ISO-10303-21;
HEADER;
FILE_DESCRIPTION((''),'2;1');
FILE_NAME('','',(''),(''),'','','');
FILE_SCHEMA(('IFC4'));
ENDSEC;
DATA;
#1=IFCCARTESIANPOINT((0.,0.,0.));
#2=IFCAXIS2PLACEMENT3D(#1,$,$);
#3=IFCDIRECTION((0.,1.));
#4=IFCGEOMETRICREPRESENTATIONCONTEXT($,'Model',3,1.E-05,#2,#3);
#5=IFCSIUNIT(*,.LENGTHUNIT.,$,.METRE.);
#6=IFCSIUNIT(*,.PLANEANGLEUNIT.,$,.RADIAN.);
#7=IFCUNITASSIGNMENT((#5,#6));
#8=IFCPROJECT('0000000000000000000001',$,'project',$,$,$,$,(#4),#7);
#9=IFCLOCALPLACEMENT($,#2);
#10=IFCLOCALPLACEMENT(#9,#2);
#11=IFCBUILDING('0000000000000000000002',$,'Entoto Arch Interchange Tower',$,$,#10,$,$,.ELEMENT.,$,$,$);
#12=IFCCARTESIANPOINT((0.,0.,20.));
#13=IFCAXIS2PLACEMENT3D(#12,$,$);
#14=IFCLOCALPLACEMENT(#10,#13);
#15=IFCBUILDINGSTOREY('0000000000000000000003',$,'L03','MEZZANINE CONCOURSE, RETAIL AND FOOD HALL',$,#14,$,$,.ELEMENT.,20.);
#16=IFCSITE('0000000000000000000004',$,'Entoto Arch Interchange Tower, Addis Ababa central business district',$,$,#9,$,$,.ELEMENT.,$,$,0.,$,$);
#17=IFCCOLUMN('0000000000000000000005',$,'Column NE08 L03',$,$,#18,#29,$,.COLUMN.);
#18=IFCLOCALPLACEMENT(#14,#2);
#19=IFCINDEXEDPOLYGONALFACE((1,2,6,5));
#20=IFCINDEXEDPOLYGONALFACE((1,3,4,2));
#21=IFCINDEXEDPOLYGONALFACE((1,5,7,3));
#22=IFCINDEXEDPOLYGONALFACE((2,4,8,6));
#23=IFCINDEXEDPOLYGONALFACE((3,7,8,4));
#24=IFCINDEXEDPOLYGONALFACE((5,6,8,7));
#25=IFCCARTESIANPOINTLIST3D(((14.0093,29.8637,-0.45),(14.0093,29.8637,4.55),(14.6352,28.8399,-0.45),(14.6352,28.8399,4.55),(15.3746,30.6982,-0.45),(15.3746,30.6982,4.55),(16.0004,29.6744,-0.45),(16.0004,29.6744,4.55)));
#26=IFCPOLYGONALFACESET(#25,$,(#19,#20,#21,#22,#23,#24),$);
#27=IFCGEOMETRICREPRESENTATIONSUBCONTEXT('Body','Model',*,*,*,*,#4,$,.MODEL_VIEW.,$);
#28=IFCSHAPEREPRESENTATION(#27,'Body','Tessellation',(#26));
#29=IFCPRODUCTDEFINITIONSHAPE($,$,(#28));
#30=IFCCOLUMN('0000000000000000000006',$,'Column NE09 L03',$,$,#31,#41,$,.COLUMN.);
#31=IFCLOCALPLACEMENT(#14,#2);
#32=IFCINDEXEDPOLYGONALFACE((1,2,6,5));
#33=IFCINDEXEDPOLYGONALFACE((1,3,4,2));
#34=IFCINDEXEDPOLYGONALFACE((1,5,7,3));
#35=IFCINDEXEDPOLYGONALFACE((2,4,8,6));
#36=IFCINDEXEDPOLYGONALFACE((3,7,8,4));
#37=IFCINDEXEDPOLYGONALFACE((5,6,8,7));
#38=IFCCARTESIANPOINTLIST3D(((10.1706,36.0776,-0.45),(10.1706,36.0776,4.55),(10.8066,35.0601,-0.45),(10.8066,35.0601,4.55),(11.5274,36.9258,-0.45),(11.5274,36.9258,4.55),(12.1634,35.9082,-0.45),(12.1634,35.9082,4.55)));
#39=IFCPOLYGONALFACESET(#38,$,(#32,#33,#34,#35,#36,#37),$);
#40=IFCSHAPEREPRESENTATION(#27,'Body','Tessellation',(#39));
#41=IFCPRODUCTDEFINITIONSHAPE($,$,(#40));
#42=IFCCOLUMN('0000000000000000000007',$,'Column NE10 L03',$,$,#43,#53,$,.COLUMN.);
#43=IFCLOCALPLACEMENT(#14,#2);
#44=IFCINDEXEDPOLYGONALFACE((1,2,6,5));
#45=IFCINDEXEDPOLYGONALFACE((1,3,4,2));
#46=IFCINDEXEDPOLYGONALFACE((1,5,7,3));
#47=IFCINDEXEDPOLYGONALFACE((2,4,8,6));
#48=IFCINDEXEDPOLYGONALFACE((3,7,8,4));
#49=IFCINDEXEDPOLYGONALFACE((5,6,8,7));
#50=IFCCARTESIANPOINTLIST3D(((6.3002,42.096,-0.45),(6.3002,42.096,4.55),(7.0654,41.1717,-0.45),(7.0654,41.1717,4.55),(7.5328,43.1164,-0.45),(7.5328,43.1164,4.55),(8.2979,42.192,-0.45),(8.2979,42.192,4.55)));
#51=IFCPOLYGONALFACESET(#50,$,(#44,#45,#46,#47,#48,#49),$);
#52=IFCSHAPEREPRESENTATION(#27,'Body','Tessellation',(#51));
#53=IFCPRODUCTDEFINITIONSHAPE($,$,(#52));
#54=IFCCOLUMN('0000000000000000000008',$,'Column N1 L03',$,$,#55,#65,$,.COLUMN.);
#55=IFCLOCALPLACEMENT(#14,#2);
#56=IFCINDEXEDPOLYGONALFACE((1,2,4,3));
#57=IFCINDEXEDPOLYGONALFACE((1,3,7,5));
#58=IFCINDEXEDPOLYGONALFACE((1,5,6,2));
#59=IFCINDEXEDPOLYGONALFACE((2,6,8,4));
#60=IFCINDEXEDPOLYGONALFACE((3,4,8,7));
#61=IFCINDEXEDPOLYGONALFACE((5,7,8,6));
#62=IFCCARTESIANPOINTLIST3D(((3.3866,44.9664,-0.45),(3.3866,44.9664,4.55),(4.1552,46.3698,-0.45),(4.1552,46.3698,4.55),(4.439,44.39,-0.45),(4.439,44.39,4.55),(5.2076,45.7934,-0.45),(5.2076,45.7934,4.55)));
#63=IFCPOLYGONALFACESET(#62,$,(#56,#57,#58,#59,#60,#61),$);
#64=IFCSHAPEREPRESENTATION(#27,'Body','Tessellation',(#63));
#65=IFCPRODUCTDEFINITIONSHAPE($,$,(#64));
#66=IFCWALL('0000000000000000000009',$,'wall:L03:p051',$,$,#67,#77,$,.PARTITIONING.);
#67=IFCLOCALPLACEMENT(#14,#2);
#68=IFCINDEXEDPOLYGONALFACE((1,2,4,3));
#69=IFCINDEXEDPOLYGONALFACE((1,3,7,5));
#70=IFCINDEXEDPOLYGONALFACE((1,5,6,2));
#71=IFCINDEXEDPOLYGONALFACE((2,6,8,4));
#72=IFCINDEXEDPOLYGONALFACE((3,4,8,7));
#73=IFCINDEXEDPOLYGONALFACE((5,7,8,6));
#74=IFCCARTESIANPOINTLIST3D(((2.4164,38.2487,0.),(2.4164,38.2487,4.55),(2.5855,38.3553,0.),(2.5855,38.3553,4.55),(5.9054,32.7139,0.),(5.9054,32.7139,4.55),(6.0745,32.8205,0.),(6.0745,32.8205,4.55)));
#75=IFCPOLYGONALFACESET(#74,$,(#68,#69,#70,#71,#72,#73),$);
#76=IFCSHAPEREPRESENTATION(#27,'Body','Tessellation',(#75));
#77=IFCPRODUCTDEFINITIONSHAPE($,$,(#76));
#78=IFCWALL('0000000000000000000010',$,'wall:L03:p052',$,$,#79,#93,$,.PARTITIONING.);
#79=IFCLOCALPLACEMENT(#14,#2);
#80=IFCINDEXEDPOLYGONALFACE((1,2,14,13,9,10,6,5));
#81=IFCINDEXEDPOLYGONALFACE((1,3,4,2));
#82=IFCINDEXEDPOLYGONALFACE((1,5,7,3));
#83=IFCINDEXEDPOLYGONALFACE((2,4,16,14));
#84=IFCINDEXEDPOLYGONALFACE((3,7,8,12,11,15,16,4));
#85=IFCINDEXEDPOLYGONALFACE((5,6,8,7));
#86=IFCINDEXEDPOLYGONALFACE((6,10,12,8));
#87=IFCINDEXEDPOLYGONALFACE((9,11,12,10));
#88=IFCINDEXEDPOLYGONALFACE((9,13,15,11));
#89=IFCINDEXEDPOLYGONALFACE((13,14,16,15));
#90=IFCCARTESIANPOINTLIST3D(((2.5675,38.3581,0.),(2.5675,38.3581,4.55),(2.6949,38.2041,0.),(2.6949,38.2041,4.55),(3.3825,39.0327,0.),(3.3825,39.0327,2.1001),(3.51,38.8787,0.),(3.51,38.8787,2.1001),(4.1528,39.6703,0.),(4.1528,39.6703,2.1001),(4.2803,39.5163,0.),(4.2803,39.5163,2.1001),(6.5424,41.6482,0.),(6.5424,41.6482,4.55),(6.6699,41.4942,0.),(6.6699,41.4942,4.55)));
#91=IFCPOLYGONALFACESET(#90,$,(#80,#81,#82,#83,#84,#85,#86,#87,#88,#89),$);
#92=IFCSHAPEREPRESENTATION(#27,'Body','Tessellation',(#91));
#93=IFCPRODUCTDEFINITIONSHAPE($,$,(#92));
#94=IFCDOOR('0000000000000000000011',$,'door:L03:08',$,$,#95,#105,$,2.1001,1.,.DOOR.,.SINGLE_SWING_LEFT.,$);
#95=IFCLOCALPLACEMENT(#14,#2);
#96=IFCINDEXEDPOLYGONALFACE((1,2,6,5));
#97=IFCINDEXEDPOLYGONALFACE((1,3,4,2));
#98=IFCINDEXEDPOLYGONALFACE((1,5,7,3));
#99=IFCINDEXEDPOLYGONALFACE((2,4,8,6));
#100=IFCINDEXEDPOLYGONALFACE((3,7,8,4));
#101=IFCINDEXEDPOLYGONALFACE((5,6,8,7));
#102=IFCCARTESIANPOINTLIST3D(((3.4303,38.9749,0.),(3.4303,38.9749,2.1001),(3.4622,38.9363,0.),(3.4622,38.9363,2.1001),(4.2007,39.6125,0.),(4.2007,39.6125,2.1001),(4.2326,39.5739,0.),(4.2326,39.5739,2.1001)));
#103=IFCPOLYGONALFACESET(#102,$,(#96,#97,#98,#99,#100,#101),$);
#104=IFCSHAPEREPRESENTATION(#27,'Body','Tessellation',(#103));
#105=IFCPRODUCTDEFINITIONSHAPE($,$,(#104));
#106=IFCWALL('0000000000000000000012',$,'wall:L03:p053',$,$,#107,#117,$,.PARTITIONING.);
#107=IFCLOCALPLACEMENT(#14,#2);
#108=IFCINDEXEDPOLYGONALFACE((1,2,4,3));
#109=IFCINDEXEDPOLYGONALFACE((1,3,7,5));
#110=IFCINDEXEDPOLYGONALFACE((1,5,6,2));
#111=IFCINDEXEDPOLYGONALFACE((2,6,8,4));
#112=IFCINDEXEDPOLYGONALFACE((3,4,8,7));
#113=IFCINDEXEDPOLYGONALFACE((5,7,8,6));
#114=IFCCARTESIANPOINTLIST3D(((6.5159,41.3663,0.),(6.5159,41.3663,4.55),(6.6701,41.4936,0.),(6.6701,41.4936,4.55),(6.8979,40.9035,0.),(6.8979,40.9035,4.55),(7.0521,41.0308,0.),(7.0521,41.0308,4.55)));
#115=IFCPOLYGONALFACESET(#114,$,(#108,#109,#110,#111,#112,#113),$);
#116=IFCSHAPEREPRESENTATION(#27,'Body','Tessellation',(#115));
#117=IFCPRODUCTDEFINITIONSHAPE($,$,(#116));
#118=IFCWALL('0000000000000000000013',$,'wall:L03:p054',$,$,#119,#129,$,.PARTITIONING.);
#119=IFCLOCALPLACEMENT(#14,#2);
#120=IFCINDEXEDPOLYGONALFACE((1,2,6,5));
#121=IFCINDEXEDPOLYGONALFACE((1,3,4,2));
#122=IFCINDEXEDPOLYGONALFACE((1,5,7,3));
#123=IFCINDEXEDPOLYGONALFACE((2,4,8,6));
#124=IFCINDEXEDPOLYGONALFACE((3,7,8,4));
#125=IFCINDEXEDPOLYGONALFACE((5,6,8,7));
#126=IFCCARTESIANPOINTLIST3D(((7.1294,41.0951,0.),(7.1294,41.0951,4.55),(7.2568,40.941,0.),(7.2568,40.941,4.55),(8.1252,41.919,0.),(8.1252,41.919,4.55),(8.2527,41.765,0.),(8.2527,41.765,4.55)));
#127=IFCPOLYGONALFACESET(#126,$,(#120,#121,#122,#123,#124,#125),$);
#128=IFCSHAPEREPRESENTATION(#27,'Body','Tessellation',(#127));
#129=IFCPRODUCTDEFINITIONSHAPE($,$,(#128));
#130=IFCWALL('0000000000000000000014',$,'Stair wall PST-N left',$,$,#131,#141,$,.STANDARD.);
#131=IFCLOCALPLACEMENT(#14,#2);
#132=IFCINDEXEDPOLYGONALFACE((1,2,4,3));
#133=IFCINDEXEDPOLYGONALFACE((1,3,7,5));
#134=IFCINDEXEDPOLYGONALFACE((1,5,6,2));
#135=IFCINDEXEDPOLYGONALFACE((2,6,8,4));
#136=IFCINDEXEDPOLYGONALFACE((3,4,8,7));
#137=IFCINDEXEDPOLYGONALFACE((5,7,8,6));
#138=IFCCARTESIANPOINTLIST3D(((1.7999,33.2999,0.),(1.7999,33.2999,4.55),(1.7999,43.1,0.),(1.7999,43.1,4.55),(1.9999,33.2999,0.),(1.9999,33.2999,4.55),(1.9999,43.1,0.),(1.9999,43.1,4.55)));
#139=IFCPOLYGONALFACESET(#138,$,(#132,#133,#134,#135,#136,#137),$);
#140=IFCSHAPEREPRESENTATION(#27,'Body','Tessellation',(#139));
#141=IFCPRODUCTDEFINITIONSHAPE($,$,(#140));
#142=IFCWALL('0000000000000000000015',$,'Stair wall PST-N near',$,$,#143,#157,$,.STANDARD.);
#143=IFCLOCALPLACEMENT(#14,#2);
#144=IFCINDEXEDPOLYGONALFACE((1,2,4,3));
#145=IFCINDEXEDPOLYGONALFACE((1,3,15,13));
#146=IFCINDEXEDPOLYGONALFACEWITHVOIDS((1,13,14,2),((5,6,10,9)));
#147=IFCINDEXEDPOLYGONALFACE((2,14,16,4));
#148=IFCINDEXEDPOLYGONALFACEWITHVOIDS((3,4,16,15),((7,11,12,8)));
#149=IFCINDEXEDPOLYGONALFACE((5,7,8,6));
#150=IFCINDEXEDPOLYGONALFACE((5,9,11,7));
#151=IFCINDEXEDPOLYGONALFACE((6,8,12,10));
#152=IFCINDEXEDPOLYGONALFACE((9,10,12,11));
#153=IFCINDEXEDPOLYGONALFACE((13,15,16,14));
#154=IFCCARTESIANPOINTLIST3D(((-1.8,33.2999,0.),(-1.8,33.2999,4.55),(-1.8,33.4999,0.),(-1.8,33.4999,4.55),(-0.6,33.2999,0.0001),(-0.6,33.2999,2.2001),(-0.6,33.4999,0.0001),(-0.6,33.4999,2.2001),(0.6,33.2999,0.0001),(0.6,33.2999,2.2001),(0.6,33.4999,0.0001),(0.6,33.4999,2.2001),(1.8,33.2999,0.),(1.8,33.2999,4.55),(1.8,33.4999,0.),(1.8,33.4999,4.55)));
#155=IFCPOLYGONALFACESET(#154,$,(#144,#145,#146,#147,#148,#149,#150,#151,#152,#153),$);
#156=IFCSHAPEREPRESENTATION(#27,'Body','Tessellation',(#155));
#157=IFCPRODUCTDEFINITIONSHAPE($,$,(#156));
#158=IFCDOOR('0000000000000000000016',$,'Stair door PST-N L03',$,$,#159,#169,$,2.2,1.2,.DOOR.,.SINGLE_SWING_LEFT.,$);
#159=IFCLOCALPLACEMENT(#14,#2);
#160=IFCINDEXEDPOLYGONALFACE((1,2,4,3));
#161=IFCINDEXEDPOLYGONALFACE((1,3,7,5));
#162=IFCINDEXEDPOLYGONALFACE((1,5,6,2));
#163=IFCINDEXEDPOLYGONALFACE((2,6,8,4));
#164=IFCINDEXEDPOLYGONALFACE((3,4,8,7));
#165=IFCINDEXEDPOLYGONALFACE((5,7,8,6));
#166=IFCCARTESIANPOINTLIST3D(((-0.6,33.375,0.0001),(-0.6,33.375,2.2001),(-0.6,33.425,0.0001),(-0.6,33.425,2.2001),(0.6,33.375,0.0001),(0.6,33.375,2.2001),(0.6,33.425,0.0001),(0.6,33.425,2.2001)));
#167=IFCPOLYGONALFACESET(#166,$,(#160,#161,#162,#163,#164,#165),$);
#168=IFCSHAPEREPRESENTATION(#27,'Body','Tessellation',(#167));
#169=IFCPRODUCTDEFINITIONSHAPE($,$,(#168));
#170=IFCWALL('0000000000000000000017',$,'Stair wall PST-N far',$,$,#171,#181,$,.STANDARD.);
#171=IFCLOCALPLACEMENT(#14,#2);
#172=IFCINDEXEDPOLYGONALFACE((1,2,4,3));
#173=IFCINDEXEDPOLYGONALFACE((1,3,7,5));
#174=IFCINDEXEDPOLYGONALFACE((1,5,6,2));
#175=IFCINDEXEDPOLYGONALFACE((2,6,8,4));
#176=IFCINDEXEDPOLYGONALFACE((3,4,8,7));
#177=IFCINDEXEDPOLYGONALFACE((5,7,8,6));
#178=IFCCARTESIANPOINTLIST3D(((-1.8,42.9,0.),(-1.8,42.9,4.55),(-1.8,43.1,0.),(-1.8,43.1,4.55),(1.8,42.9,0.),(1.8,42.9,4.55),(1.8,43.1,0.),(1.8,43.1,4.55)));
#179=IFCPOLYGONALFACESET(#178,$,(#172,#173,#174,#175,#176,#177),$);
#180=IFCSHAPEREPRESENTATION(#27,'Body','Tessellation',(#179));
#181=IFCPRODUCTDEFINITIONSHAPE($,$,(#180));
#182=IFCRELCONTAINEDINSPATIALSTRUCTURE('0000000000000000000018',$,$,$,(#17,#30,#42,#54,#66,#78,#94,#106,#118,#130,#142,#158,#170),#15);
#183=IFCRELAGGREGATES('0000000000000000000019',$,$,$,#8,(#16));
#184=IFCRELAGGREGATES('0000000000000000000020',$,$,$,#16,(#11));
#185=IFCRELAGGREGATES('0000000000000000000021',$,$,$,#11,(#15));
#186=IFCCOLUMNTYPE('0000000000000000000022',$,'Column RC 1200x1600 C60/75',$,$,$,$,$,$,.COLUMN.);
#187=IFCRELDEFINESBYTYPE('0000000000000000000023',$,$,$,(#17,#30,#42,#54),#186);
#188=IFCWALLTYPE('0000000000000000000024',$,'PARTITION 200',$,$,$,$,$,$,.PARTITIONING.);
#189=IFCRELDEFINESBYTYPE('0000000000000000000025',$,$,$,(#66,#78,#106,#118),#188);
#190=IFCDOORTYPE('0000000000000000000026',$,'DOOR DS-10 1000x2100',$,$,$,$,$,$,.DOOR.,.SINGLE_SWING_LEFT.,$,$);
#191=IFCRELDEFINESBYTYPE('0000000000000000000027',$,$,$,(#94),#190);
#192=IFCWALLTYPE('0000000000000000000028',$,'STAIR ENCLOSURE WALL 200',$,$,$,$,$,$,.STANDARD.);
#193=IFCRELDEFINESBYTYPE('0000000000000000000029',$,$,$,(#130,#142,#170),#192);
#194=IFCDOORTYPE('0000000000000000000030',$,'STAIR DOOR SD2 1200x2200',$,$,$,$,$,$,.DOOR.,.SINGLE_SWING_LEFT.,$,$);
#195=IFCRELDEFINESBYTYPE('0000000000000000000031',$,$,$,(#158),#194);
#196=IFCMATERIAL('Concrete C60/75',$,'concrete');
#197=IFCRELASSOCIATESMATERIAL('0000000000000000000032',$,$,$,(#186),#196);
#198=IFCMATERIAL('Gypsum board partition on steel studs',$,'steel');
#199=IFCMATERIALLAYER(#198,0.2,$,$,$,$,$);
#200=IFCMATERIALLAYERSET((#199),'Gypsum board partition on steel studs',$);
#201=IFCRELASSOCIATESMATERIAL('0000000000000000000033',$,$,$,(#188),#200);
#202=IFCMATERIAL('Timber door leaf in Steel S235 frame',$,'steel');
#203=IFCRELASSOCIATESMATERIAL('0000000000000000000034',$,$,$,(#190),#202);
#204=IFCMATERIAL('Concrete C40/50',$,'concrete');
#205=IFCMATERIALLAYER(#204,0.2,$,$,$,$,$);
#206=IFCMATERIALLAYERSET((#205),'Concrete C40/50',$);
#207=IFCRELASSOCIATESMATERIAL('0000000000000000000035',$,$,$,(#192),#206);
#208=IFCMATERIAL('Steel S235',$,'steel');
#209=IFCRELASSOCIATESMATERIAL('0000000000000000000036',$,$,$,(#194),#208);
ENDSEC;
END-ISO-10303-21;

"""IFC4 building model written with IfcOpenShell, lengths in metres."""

from ifc_helpers import new_model, si_unit, direction, frame, frame_2d, origin, origin_2d, place, context, subcontext, project, spatial, rectangle, extrude, material, layer, layer_set, material_profile, profile_set, type_object, element, fill, save


model = new_model("IFC4")

# Units and contexts
model_context = context("Model", 3, precision=1e-05, world=origin(), true_north=direction((0.0, 1.0)))
body_context = subcontext(model_context, "Body", "Model", "MODEL_VIEW")
ifc_project = project(units=[si_unit("LENGTHUNIT", "METRE"), si_unit("PLANEANGLEUNIT", "RADIAN")], contexts=[model_context])

# Site, building, storey
site_placement = place(None, origin())
site = spatial("IfcSite", under=ifc_project, at=site_placement, Name="Entoto Arch Interchange Tower, Addis Ababa central business district", CompositionType="ELEMENT", RefElevation=0.0)
building_placement = place(site_placement, origin())
building = spatial("IfcBuilding", under=site, at=building_placement, Name="Entoto Arch Interchange Tower", CompositionType="ELEMENT")
storey_placement = place(building_placement, frame((0.0, 0.0, 20.0)))
storey = spatial("IfcBuildingStorey", under=building, at=storey_placement, Name="L03", Description="MEZZANINE CONCOURSE, RETAIL AND FOOD HALL", CompositionType="ELEMENT", Elevation=20.0)

# Columns
ifc_material_1 = material(Name="Concrete C60/75", Category="concrete")
ifc_material_profile = material_profile(ifc_material_1, rectangle(XDim=1.2, YDim=1.6001, at=origin_2d()))
ifc_profile_set = profile_set([ifc_material_profile], Name="Concrete C60/75")
column_type = type_object("IfcColumnType", Name="Column RC 1200x1600 C60/75", PredefinedType="COLUMN", material=ifc_profile_set)
for number, where, z_axis, x_axis, name in (
    (1, (15.0049, 29.769, -0.45), (0.0, 0.0, 1.0), (-0.521546, 0.853223, 0.0), "Column NE08 L03"),
    (2, (11.167, 35.9929, -0.45), (0.0, 0.0, 1.0), (-0.530067, 0.847956, 0.0), "Column NE09 L03"),
    (3, (7.2991, 42.144, -0.45), (0.0, 0.0, 1.0), (-0.637666, 0.770313, 0.0), "Column NE10 L03"),
    (4, (4.2971, 45.3799, -0.45), (0.0, 0.0, 1.0), (-0.877079, 0.480346, 0.0), "Column N1 L03"),
):
    element("IfcColumn", number, at=place(storey_placement, frame(where, z_axis=z_axis, x_axis=x_axis)), inside=storey, type_object=column_type, Name=name, PredefinedType="COLUMN", context=body_context, shape_type="SweptSolid", body=[
        extrude(rectangle(XDim=1.2, YDim=1.6001, at=origin_2d()), origin(), (0.0, 0.0, 1.0), 5.0),
    ])

# Wall
ifc_material_2 = material(Name="Gypsum board partition on steel studs", Category="steel")
ifc_layer_1 = layer(ifc_material_2, 0.2)
ifc_layer_set_1 = layer_set([ifc_layer_1], Name="Gypsum board partition on steel studs")
wall_type_1 = type_object("IfcWallType", Name="PARTITION 200", PredefinedType="PARTITIONING", material=ifc_layer_set_1)
wall_1_placement = place(storey_placement, frame((5.99, 32.7671, 0.0), z_axis=(0.0, 0.0, 1.0), x_axis=(-0.533259, 0.845952, 0.0)))
element("IfcWall", 5, at=wall_1_placement, inside=storey, type_object=wall_type_1, Name="wall:L03:p051", PredefinedType="PARTITIONING", context=body_context, shape_type="SweptSolid", body=[
    extrude(rectangle(XDim=6.5427, YDim=0.2, at=frame_2d((3.2715, 0.0))), origin(), (0.0, 0.0, 1.0), 4.55),
])

# Wall, opening, door
wall_2_placement = place(storey_placement, frame((2.6311, 38.281, 0.0), z_axis=(0.0, 0.0, 1.0), x_axis=(0.770346, 0.637626, 0.0)))
wall_2 = element("IfcWall", 6, at=wall_2_placement, inside=storey, type_object=wall_type_1, Name="wall:L03:p052", PredefinedType="PARTITIONING", context=body_context, shape_type="SweptSolid", body=[
    extrude(rectangle(XDim=5.1599, YDim=0.2, at=frame_2d((2.5801, 0.0))), origin(), (0.0, 0.0, 1.0), 4.55),
])
opening_1_placement = place(wall_2_placement, frame((1.0581, 0.0, 0.0)))
opening_1 = element("IfcOpeningElement", 7, at=opening_1_placement, cuts=wall_2, PredefinedType="OPENING", context=body_context, shape_type="SweptSolid", body=[
    extrude(rectangle(XDim=1.0, YDim=2.1001, at=frame_2d((0.5, 1.05))), frame((0.0, 0.1099, 0.0), z_axis=(0.0, -1.0, 0.0), x_axis=(1.0, 0.0, 0.0)), (0.0, 0.0, 1.0), 0.22),
])
ifc_material_3 = material(Name="Timber door leaf in Steel S235 frame", Category="steel")
door_type_1 = type_object("IfcDoorType", Name="DOOR DS-10 1000x2100", OperationType="SINGLE_SWING_LEFT", PredefinedType="DOOR", material=ifc_material_3)
door_1_placement = place(opening_1_placement, origin())
door_1 = element("IfcDoor", 8, at=door_1_placement, inside=storey, type_object=door_type_1, Name="door:L03:08", OperationType="SINGLE_SWING_LEFT", OverallHeight=2.1001, OverallWidth=1.0, PredefinedType="DOOR", context=body_context, shape_type="SweptSolid", body=[
    extrude(rectangle(XDim=1.0, YDim=2.1001, at=frame_2d((0.5, 1.05))), frame((0.0, 0.0249, 0.0), z_axis=(0.0, -1.0, 0.0), x_axis=(1.0, 0.0, 0.0)), (0.0, 0.0, 1.0), 0.05),
])
fill(opening_1, door_1)

# Walls
wall_3_placement = place(storey_placement, frame((6.593, 41.4299, 0.0), z_axis=(0.0, 0.0, 1.0), x_axis=(0.636577, -0.771214, 0.0)))
element("IfcWall", 9, at=wall_3_placement, inside=storey, type_object=wall_type_1, Name="wall:L03:p053", PredefinedType="PARTITIONING", context=body_context, shape_type="SweptSolid", body=[
    extrude(rectangle(XDim=0.6001, YDim=0.2, at=frame_2d((0.3, 0.0))), origin(), (0.0, 0.0, 1.0), 4.55),
])
wall_4_placement = place(storey_placement, frame((7.1931, 41.0181, 0.0), z_axis=(0.0, 0.0, 1.0), x_axis=(0.770461, 0.637487, 0.0)))
element("IfcWall", 10, at=wall_4_placement, inside=storey, type_object=wall_type_1, Name="wall:L03:p054", PredefinedType="PARTITIONING", context=body_context, shape_type="SweptSolid", body=[
    extrude(rectangle(XDim=1.2925, YDim=0.2, at=frame_2d((0.6462, 0.0))), origin(), (0.0, 0.0, 1.0), 4.55),
])
ifc_material_4 = material(Name="Concrete C40/50", Category="concrete")
ifc_layer_2 = layer(ifc_material_4, 0.2)
ifc_layer_set_2 = layer_set([ifc_layer_2], Name="Concrete C40/50")
wall_type_2 = type_object("IfcWallType", Name="STAIR ENCLOSURE WALL 200", PredefinedType="STANDARD", material=ifc_layer_set_2)
wall_5_placement = place(storey_placement, frame((1.8999, 33.3, 0.0), z_axis=(0.0, 0.0, 1.0), x_axis=(0.0, 1.0, 0.0)))
element("IfcWall", 11, at=wall_5_placement, inside=storey, type_object=wall_type_2, Name="Stair wall PST-N left", PredefinedType="STANDARD", context=body_context, shape_type="SweptSolid", body=[
    extrude(rectangle(XDim=9.8, YDim=0.2, at=frame_2d((4.8999, 0.0))), origin(), (0.0, 0.0, 1.0), 4.55),
])

# Wall, opening, door
wall_6_placement = place(storey_placement, frame((1.8, 33.3999, 0.0), z_axis=(0.0, 0.0, 1.0), x_axis=(-1.0, 0.0, 0.0)))
wall_6 = element("IfcWall", 12, at=wall_6_placement, inside=storey, type_object=wall_type_2, Name="Stair wall PST-N near", PredefinedType="STANDARD", context=body_context, shape_type="SweptSolid", body=[
    extrude(rectangle(XDim=3.6001, YDim=0.2, at=frame_2d((1.8, 0.0))), origin(), (0.0, 0.0, 1.0), 4.55),
])
opening_2_placement = place(wall_6_placement, frame((1.2, 0.0, 0.0)))
opening_2 = element("IfcOpeningElement", 13, at=opening_2_placement, cuts=wall_6, PredefinedType="OPENING", context=body_context, shape_type="SweptSolid", body=[
    extrude(rectangle(XDim=1.2, YDim=2.2, at=frame_2d((0.6001, 1.1001))), frame((0.0, 0.1099, 0.0), z_axis=(0.0, -1.0, 0.0), x_axis=(1.0, 0.0, 0.0)), (0.0, 0.0, 1.0), 0.22),
])
ifc_material_5 = material(Name="Steel S235", Category="steel")
door_type_2 = type_object("IfcDoorType", Name="STAIR DOOR SD2 1200x2200", OperationType="SINGLE_SWING_LEFT", PredefinedType="DOOR", material=ifc_material_5)
door_2_placement = place(opening_2_placement, origin())
door_2 = element("IfcDoor", 14, at=door_2_placement, inside=storey, type_object=door_type_2, Name="Stair door PST-N L03", OperationType="SINGLE_SWING_LEFT", OverallHeight=2.2, OverallWidth=1.2, PredefinedType="DOOR", context=body_context, shape_type="SweptSolid", body=[
    extrude(rectangle(XDim=1.2, YDim=2.2, at=frame_2d((0.6001, 1.1001))), frame((0.0, 0.0249, 0.0), z_axis=(0.0, -1.0, 0.0), x_axis=(1.0, 0.0, 0.0)), (0.0, 0.0, 1.0), 0.05),
])
fill(opening_2, door_2)

# Wall
wall_7_placement = place(storey_placement, frame((1.8, 43.0, 0.0), z_axis=(0.0, 0.0, 1.0), x_axis=(-1.0, 0.0, 0.0)))
element("IfcWall", 15, at=wall_7_placement, inside=storey, type_object=wall_type_2, Name="Stair wall PST-N far", PredefinedType="STANDARD", context=body_context, shape_type="SweptSolid", body=[
    extrude(rectangle(XDim=3.6001, YDim=0.2, at=frame_2d((1.8, 0.0))), origin(), (0.0, 0.0, 1.0), 4.55),
])

save(model, "model.ifc")
